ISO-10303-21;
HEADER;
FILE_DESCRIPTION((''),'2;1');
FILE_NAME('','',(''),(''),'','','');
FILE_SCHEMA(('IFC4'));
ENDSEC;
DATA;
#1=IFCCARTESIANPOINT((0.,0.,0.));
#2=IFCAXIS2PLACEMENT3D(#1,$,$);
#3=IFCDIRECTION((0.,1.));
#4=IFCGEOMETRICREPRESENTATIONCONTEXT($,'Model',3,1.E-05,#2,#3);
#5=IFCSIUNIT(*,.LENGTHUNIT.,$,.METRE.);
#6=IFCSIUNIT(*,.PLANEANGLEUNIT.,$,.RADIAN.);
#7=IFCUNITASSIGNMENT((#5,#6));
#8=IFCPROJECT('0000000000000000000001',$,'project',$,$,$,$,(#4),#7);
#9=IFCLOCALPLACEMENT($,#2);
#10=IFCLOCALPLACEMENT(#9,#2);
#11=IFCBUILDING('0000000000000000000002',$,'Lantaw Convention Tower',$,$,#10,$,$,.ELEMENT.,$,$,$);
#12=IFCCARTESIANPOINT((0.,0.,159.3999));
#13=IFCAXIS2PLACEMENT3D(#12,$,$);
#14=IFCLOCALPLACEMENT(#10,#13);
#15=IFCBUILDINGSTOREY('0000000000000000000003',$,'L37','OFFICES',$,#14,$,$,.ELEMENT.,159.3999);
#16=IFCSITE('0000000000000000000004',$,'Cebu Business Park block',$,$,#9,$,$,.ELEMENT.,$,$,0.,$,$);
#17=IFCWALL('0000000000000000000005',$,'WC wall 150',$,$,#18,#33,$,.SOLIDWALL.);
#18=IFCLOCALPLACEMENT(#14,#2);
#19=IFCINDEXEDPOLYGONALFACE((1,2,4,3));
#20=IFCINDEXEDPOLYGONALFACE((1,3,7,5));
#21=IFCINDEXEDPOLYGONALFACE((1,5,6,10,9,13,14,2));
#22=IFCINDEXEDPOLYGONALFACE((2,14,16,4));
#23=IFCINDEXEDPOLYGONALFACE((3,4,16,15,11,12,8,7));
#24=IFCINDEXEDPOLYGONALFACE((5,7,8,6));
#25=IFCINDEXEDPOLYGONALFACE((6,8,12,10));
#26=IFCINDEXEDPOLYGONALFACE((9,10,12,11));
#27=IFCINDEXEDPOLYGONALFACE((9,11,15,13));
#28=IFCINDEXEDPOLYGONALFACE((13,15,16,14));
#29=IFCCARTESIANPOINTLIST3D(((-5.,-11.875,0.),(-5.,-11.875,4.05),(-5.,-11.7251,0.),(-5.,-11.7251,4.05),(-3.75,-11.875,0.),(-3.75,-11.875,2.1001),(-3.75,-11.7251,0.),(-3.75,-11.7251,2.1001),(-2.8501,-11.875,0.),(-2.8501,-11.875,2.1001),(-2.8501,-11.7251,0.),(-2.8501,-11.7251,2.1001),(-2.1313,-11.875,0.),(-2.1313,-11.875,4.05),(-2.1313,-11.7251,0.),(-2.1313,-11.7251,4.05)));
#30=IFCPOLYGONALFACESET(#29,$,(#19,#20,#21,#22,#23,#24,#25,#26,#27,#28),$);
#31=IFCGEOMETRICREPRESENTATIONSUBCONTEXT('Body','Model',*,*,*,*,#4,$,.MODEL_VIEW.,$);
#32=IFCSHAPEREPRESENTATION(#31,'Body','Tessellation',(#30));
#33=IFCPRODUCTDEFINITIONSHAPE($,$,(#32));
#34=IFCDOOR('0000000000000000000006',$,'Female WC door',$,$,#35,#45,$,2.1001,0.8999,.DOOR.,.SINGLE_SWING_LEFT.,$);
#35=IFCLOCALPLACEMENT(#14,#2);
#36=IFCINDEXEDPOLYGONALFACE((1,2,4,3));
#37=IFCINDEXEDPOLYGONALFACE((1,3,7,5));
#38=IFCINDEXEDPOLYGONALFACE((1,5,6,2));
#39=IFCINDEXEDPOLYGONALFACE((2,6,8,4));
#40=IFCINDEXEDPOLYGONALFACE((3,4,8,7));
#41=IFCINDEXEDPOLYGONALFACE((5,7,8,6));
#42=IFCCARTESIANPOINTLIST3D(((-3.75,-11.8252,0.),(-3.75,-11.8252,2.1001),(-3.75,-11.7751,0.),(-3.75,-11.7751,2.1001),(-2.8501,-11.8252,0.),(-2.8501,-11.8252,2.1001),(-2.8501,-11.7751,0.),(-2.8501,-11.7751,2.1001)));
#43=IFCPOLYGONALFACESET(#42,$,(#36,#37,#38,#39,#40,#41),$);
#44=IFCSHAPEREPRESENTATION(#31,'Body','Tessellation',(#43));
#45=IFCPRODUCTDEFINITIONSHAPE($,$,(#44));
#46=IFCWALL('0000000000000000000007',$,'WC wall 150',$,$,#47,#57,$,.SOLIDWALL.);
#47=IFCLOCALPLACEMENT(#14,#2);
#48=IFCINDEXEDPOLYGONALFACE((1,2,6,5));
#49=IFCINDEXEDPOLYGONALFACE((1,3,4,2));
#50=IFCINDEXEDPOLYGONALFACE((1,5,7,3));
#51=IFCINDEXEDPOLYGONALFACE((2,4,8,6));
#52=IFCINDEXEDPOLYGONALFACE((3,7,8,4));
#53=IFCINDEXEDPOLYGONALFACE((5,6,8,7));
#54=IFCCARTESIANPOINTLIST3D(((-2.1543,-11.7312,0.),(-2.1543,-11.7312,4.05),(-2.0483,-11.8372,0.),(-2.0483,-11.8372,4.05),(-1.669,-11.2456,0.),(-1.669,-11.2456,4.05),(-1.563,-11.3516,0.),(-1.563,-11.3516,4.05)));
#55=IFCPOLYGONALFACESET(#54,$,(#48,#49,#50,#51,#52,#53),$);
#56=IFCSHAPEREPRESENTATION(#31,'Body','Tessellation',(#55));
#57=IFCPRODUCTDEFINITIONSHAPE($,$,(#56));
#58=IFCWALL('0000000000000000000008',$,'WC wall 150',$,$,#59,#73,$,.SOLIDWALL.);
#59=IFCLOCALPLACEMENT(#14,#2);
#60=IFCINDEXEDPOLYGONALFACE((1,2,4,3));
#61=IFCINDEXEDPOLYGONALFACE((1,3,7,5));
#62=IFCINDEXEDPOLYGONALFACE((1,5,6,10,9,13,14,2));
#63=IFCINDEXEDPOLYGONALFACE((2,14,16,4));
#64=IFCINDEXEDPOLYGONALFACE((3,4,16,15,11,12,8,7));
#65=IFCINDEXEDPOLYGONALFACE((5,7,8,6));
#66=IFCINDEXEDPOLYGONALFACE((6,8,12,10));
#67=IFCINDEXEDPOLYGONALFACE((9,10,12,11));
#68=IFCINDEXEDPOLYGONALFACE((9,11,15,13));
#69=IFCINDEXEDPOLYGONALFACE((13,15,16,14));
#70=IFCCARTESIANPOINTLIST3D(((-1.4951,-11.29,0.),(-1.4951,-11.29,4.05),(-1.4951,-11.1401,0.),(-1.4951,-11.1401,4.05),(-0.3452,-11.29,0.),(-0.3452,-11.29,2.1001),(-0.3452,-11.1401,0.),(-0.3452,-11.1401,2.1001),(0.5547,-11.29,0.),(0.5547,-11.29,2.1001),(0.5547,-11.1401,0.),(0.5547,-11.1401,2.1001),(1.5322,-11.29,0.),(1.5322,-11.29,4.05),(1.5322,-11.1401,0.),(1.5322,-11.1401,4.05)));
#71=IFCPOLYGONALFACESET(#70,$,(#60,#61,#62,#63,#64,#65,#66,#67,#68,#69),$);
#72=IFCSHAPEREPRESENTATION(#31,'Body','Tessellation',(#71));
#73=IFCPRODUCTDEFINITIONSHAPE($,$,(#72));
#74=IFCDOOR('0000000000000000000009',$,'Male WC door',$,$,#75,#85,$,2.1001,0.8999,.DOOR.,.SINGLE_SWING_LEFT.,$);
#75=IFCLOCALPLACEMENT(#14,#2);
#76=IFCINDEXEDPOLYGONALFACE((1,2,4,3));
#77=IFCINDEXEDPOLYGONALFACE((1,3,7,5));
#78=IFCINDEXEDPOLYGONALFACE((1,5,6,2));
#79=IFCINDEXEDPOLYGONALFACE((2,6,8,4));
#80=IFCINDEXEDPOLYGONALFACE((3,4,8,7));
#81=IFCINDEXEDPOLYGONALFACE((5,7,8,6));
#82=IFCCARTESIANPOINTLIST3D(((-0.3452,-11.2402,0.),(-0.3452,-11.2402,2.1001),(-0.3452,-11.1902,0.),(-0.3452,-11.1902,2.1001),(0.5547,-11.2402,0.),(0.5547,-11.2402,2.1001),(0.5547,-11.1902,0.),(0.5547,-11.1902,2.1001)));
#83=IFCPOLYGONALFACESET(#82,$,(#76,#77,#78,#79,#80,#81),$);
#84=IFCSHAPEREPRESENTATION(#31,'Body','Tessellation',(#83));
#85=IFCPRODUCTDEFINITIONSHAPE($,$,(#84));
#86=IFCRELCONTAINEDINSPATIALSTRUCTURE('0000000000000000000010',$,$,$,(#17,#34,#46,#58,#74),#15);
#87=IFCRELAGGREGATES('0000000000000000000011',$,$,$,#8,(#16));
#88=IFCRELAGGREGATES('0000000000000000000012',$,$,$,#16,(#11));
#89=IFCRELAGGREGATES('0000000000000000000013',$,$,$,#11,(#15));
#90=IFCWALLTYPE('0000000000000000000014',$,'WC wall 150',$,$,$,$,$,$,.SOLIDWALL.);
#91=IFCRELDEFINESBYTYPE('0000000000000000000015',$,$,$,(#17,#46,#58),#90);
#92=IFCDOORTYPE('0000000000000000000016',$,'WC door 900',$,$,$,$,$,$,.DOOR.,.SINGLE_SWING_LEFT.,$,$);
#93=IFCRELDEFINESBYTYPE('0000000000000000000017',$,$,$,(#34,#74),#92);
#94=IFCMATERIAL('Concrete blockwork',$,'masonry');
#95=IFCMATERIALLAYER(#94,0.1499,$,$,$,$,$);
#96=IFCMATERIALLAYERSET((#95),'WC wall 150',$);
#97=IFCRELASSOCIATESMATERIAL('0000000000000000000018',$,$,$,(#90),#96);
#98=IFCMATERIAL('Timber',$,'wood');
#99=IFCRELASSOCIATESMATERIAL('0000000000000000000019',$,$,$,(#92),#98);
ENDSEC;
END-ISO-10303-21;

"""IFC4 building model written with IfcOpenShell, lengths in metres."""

from ifc_helpers import new_model, si_unit, direction, frame, frame_2d, origin, place, context, subcontext, project, spatial, rectangle, extrude, material, layer, layer_set, type_object, element, fill, save


model = new_model("IFC4")

# Units and contexts
model_context = context("Model", 3, precision=1e-05, world=origin(), true_north=direction((0.0, 1.0)))
body_context = subcontext(model_context, "Body", "Model", "MODEL_VIEW")
ifc_project = project(units=[si_unit("LENGTHUNIT", "METRE"), si_unit("PLANEANGLEUNIT", "RADIAN")], contexts=[model_context])

# Site, building, storey
site_placement = place(None, origin())
site = spatial("IfcSite", under=ifc_project, at=site_placement, Name="Cebu Business Park block", CompositionType="ELEMENT", RefElevation=0.0)
building_placement = place(site_placement, origin())
building = spatial("IfcBuilding", under=site, at=building_placement, Name="Lantaw Convention Tower", CompositionType="ELEMENT")
storey_placement = place(building_placement, frame((0.0, 0.0, 159.3999)))
storey = spatial("IfcBuildingStorey", under=building, at=storey_placement, Name="L37", Description="OFFICES", CompositionType="ELEMENT", Elevation=159.3999)

# Wall, opening, door
ifc_material_1 = material(Name="Concrete blockwork", Category="masonry")
ifc_layer_1 = layer(ifc_material_1, 0.1499)
ifc_layer_set_1 = layer_set([ifc_layer_1], Name="WC wall 150")
wall_type_1 = type_object("IfcWallType", Name="WC wall 150", PredefinedType="SOLIDWALL", material=ifc_layer_set_1)
wall_1_placement = place(storey_placement, frame((-5.0, -11.8, 0.0), z_axis=(0.0, 0.0, 1.0), x_axis=(1.0, 0.0, 0.0)))
wall_1 = element("IfcWall", 1, at=wall_1_placement, inside=storey, type_object=wall_type_1, Name="WC wall 150", PredefinedType="SOLIDWALL", context=body_context, shape_type="SweptSolid", body=[
    extrude(rectangle(XDim=2.8687, YDim=0.1499, at=frame_2d((1.4343, 0.0))), origin(), (0.0, 0.0, 1.0), 4.05),
])
opening_1_placement = place(wall_1_placement, frame((1.25, 0.0, 0.0)))
opening_1 = element("IfcOpeningElement", 2, at=opening_1_placement, cuts=wall_1, PredefinedType="OPENING", context=body_context, shape_type="SweptSolid", body=[
    extrude(rectangle(XDim=0.8999, YDim=2.1001, at=frame_2d((0.45, 1.05))), frame((0.0, 0.085, 0.0), z_axis=(0.0, -1.0, 0.0), x_axis=(1.0, 0.0, 0.0)), (0.0, 0.0, 1.0), 0.1699),
])
ifc_material_2 = material(Name="Timber", Category="wood")
door_type_1 = type_object("IfcDoorType", Name="WC door 900", OperationType="SINGLE_SWING_LEFT", PredefinedType="DOOR", material=ifc_material_2)
door_1_placement = place(opening_1_placement, origin())
door_1 = element("IfcDoor", 3, at=door_1_placement, inside=storey, type_object=door_type_1, Name="Female WC door", OperationType="SINGLE_SWING_LEFT", OverallHeight=2.1001, OverallWidth=0.8999, PredefinedType="DOOR", context=body_context, shape_type="SweptSolid", body=[
    extrude(rectangle(XDim=0.8999, YDim=2.1001, at=frame_2d((0.45, 1.05))), frame((0.0, 0.0249, 0.0), z_axis=(0.0, -1.0, 0.0), x_axis=(1.0, 0.0, 0.0)), (0.0, 0.0, 1.0), 0.05),
])
fill(opening_1, door_1)

# Wall
wall_2_placement = place(storey_placement, frame((-2.1013, -11.7842, 0.0), z_axis=(0.0, 0.0, 1.0), x_axis=(0.706929, 0.707285, 0.0)))
element("IfcWall", 4, at=wall_2_placement, inside=storey, type_object=wall_type_1, Name="WC wall 150", PredefinedType="SOLIDWALL", context=body_context, shape_type="SweptSolid", body=[
    extrude(rectangle(XDim=0.6865, YDim=0.1499, at=frame_2d((0.3433, 0.0))), origin(), (0.0, 0.0, 1.0), 4.05),
])

# Wall, opening, door
wall_3_placement = place(storey_placement, frame((-1.4951, -11.2151, 0.0), z_axis=(0.0, 0.0, 1.0), x_axis=(1.0, 0.0, 0.0)))
wall_3 = element("IfcWall", 5, at=wall_3_placement, inside=storey, type_object=wall_type_1, Name="WC wall 150", PredefinedType="SOLIDWALL", context=body_context, shape_type="SweptSolid", body=[
    extrude(rectangle(XDim=3.0273, YDim=0.1499, at=frame_2d((1.5137, 0.0))), origin(), (0.0, 0.0, 1.0), 4.05),
])
opening_2_placement = place(wall_3_placement, frame((1.1499, 0.0, 0.0)))
opening_2 = element("IfcOpeningElement", 6, at=opening_2_placement, cuts=wall_3, PredefinedType="OPENING", context=body_context, shape_type="SweptSolid", body=[
    extrude(rectangle(XDim=0.8999, YDim=2.1001, at=frame_2d((0.45, 1.05))), frame((0.0, 0.085, 0.0), z_axis=(0.0, -1.0, 0.0), x_axis=(1.0, 0.0, 0.0)), (0.0, 0.0, 1.0), 0.1699),
])
door_2_placement = place(opening_2_placement, origin())
door_2 = element("IfcDoor", 7, at=door_2_placement, inside=storey, type_object=door_type_1, Name="Male WC door", OperationType="SINGLE_SWING_LEFT", OverallHeight=2.1001, OverallWidth=0.8999, PredefinedType="DOOR", context=body_context, shape_type="SweptSolid", body=[
    extrude(rectangle(XDim=0.8999, YDim=2.1001, at=frame_2d((0.45, 1.05))), frame((0.0, 0.0249, 0.0), z_axis=(0.0, -1.0, 0.0), x_axis=(1.0, 0.0, 0.0)), (0.0, 0.0, 1.0), 0.05),
])
fill(opening_2, door_2)

save(model, "model.ifc")
